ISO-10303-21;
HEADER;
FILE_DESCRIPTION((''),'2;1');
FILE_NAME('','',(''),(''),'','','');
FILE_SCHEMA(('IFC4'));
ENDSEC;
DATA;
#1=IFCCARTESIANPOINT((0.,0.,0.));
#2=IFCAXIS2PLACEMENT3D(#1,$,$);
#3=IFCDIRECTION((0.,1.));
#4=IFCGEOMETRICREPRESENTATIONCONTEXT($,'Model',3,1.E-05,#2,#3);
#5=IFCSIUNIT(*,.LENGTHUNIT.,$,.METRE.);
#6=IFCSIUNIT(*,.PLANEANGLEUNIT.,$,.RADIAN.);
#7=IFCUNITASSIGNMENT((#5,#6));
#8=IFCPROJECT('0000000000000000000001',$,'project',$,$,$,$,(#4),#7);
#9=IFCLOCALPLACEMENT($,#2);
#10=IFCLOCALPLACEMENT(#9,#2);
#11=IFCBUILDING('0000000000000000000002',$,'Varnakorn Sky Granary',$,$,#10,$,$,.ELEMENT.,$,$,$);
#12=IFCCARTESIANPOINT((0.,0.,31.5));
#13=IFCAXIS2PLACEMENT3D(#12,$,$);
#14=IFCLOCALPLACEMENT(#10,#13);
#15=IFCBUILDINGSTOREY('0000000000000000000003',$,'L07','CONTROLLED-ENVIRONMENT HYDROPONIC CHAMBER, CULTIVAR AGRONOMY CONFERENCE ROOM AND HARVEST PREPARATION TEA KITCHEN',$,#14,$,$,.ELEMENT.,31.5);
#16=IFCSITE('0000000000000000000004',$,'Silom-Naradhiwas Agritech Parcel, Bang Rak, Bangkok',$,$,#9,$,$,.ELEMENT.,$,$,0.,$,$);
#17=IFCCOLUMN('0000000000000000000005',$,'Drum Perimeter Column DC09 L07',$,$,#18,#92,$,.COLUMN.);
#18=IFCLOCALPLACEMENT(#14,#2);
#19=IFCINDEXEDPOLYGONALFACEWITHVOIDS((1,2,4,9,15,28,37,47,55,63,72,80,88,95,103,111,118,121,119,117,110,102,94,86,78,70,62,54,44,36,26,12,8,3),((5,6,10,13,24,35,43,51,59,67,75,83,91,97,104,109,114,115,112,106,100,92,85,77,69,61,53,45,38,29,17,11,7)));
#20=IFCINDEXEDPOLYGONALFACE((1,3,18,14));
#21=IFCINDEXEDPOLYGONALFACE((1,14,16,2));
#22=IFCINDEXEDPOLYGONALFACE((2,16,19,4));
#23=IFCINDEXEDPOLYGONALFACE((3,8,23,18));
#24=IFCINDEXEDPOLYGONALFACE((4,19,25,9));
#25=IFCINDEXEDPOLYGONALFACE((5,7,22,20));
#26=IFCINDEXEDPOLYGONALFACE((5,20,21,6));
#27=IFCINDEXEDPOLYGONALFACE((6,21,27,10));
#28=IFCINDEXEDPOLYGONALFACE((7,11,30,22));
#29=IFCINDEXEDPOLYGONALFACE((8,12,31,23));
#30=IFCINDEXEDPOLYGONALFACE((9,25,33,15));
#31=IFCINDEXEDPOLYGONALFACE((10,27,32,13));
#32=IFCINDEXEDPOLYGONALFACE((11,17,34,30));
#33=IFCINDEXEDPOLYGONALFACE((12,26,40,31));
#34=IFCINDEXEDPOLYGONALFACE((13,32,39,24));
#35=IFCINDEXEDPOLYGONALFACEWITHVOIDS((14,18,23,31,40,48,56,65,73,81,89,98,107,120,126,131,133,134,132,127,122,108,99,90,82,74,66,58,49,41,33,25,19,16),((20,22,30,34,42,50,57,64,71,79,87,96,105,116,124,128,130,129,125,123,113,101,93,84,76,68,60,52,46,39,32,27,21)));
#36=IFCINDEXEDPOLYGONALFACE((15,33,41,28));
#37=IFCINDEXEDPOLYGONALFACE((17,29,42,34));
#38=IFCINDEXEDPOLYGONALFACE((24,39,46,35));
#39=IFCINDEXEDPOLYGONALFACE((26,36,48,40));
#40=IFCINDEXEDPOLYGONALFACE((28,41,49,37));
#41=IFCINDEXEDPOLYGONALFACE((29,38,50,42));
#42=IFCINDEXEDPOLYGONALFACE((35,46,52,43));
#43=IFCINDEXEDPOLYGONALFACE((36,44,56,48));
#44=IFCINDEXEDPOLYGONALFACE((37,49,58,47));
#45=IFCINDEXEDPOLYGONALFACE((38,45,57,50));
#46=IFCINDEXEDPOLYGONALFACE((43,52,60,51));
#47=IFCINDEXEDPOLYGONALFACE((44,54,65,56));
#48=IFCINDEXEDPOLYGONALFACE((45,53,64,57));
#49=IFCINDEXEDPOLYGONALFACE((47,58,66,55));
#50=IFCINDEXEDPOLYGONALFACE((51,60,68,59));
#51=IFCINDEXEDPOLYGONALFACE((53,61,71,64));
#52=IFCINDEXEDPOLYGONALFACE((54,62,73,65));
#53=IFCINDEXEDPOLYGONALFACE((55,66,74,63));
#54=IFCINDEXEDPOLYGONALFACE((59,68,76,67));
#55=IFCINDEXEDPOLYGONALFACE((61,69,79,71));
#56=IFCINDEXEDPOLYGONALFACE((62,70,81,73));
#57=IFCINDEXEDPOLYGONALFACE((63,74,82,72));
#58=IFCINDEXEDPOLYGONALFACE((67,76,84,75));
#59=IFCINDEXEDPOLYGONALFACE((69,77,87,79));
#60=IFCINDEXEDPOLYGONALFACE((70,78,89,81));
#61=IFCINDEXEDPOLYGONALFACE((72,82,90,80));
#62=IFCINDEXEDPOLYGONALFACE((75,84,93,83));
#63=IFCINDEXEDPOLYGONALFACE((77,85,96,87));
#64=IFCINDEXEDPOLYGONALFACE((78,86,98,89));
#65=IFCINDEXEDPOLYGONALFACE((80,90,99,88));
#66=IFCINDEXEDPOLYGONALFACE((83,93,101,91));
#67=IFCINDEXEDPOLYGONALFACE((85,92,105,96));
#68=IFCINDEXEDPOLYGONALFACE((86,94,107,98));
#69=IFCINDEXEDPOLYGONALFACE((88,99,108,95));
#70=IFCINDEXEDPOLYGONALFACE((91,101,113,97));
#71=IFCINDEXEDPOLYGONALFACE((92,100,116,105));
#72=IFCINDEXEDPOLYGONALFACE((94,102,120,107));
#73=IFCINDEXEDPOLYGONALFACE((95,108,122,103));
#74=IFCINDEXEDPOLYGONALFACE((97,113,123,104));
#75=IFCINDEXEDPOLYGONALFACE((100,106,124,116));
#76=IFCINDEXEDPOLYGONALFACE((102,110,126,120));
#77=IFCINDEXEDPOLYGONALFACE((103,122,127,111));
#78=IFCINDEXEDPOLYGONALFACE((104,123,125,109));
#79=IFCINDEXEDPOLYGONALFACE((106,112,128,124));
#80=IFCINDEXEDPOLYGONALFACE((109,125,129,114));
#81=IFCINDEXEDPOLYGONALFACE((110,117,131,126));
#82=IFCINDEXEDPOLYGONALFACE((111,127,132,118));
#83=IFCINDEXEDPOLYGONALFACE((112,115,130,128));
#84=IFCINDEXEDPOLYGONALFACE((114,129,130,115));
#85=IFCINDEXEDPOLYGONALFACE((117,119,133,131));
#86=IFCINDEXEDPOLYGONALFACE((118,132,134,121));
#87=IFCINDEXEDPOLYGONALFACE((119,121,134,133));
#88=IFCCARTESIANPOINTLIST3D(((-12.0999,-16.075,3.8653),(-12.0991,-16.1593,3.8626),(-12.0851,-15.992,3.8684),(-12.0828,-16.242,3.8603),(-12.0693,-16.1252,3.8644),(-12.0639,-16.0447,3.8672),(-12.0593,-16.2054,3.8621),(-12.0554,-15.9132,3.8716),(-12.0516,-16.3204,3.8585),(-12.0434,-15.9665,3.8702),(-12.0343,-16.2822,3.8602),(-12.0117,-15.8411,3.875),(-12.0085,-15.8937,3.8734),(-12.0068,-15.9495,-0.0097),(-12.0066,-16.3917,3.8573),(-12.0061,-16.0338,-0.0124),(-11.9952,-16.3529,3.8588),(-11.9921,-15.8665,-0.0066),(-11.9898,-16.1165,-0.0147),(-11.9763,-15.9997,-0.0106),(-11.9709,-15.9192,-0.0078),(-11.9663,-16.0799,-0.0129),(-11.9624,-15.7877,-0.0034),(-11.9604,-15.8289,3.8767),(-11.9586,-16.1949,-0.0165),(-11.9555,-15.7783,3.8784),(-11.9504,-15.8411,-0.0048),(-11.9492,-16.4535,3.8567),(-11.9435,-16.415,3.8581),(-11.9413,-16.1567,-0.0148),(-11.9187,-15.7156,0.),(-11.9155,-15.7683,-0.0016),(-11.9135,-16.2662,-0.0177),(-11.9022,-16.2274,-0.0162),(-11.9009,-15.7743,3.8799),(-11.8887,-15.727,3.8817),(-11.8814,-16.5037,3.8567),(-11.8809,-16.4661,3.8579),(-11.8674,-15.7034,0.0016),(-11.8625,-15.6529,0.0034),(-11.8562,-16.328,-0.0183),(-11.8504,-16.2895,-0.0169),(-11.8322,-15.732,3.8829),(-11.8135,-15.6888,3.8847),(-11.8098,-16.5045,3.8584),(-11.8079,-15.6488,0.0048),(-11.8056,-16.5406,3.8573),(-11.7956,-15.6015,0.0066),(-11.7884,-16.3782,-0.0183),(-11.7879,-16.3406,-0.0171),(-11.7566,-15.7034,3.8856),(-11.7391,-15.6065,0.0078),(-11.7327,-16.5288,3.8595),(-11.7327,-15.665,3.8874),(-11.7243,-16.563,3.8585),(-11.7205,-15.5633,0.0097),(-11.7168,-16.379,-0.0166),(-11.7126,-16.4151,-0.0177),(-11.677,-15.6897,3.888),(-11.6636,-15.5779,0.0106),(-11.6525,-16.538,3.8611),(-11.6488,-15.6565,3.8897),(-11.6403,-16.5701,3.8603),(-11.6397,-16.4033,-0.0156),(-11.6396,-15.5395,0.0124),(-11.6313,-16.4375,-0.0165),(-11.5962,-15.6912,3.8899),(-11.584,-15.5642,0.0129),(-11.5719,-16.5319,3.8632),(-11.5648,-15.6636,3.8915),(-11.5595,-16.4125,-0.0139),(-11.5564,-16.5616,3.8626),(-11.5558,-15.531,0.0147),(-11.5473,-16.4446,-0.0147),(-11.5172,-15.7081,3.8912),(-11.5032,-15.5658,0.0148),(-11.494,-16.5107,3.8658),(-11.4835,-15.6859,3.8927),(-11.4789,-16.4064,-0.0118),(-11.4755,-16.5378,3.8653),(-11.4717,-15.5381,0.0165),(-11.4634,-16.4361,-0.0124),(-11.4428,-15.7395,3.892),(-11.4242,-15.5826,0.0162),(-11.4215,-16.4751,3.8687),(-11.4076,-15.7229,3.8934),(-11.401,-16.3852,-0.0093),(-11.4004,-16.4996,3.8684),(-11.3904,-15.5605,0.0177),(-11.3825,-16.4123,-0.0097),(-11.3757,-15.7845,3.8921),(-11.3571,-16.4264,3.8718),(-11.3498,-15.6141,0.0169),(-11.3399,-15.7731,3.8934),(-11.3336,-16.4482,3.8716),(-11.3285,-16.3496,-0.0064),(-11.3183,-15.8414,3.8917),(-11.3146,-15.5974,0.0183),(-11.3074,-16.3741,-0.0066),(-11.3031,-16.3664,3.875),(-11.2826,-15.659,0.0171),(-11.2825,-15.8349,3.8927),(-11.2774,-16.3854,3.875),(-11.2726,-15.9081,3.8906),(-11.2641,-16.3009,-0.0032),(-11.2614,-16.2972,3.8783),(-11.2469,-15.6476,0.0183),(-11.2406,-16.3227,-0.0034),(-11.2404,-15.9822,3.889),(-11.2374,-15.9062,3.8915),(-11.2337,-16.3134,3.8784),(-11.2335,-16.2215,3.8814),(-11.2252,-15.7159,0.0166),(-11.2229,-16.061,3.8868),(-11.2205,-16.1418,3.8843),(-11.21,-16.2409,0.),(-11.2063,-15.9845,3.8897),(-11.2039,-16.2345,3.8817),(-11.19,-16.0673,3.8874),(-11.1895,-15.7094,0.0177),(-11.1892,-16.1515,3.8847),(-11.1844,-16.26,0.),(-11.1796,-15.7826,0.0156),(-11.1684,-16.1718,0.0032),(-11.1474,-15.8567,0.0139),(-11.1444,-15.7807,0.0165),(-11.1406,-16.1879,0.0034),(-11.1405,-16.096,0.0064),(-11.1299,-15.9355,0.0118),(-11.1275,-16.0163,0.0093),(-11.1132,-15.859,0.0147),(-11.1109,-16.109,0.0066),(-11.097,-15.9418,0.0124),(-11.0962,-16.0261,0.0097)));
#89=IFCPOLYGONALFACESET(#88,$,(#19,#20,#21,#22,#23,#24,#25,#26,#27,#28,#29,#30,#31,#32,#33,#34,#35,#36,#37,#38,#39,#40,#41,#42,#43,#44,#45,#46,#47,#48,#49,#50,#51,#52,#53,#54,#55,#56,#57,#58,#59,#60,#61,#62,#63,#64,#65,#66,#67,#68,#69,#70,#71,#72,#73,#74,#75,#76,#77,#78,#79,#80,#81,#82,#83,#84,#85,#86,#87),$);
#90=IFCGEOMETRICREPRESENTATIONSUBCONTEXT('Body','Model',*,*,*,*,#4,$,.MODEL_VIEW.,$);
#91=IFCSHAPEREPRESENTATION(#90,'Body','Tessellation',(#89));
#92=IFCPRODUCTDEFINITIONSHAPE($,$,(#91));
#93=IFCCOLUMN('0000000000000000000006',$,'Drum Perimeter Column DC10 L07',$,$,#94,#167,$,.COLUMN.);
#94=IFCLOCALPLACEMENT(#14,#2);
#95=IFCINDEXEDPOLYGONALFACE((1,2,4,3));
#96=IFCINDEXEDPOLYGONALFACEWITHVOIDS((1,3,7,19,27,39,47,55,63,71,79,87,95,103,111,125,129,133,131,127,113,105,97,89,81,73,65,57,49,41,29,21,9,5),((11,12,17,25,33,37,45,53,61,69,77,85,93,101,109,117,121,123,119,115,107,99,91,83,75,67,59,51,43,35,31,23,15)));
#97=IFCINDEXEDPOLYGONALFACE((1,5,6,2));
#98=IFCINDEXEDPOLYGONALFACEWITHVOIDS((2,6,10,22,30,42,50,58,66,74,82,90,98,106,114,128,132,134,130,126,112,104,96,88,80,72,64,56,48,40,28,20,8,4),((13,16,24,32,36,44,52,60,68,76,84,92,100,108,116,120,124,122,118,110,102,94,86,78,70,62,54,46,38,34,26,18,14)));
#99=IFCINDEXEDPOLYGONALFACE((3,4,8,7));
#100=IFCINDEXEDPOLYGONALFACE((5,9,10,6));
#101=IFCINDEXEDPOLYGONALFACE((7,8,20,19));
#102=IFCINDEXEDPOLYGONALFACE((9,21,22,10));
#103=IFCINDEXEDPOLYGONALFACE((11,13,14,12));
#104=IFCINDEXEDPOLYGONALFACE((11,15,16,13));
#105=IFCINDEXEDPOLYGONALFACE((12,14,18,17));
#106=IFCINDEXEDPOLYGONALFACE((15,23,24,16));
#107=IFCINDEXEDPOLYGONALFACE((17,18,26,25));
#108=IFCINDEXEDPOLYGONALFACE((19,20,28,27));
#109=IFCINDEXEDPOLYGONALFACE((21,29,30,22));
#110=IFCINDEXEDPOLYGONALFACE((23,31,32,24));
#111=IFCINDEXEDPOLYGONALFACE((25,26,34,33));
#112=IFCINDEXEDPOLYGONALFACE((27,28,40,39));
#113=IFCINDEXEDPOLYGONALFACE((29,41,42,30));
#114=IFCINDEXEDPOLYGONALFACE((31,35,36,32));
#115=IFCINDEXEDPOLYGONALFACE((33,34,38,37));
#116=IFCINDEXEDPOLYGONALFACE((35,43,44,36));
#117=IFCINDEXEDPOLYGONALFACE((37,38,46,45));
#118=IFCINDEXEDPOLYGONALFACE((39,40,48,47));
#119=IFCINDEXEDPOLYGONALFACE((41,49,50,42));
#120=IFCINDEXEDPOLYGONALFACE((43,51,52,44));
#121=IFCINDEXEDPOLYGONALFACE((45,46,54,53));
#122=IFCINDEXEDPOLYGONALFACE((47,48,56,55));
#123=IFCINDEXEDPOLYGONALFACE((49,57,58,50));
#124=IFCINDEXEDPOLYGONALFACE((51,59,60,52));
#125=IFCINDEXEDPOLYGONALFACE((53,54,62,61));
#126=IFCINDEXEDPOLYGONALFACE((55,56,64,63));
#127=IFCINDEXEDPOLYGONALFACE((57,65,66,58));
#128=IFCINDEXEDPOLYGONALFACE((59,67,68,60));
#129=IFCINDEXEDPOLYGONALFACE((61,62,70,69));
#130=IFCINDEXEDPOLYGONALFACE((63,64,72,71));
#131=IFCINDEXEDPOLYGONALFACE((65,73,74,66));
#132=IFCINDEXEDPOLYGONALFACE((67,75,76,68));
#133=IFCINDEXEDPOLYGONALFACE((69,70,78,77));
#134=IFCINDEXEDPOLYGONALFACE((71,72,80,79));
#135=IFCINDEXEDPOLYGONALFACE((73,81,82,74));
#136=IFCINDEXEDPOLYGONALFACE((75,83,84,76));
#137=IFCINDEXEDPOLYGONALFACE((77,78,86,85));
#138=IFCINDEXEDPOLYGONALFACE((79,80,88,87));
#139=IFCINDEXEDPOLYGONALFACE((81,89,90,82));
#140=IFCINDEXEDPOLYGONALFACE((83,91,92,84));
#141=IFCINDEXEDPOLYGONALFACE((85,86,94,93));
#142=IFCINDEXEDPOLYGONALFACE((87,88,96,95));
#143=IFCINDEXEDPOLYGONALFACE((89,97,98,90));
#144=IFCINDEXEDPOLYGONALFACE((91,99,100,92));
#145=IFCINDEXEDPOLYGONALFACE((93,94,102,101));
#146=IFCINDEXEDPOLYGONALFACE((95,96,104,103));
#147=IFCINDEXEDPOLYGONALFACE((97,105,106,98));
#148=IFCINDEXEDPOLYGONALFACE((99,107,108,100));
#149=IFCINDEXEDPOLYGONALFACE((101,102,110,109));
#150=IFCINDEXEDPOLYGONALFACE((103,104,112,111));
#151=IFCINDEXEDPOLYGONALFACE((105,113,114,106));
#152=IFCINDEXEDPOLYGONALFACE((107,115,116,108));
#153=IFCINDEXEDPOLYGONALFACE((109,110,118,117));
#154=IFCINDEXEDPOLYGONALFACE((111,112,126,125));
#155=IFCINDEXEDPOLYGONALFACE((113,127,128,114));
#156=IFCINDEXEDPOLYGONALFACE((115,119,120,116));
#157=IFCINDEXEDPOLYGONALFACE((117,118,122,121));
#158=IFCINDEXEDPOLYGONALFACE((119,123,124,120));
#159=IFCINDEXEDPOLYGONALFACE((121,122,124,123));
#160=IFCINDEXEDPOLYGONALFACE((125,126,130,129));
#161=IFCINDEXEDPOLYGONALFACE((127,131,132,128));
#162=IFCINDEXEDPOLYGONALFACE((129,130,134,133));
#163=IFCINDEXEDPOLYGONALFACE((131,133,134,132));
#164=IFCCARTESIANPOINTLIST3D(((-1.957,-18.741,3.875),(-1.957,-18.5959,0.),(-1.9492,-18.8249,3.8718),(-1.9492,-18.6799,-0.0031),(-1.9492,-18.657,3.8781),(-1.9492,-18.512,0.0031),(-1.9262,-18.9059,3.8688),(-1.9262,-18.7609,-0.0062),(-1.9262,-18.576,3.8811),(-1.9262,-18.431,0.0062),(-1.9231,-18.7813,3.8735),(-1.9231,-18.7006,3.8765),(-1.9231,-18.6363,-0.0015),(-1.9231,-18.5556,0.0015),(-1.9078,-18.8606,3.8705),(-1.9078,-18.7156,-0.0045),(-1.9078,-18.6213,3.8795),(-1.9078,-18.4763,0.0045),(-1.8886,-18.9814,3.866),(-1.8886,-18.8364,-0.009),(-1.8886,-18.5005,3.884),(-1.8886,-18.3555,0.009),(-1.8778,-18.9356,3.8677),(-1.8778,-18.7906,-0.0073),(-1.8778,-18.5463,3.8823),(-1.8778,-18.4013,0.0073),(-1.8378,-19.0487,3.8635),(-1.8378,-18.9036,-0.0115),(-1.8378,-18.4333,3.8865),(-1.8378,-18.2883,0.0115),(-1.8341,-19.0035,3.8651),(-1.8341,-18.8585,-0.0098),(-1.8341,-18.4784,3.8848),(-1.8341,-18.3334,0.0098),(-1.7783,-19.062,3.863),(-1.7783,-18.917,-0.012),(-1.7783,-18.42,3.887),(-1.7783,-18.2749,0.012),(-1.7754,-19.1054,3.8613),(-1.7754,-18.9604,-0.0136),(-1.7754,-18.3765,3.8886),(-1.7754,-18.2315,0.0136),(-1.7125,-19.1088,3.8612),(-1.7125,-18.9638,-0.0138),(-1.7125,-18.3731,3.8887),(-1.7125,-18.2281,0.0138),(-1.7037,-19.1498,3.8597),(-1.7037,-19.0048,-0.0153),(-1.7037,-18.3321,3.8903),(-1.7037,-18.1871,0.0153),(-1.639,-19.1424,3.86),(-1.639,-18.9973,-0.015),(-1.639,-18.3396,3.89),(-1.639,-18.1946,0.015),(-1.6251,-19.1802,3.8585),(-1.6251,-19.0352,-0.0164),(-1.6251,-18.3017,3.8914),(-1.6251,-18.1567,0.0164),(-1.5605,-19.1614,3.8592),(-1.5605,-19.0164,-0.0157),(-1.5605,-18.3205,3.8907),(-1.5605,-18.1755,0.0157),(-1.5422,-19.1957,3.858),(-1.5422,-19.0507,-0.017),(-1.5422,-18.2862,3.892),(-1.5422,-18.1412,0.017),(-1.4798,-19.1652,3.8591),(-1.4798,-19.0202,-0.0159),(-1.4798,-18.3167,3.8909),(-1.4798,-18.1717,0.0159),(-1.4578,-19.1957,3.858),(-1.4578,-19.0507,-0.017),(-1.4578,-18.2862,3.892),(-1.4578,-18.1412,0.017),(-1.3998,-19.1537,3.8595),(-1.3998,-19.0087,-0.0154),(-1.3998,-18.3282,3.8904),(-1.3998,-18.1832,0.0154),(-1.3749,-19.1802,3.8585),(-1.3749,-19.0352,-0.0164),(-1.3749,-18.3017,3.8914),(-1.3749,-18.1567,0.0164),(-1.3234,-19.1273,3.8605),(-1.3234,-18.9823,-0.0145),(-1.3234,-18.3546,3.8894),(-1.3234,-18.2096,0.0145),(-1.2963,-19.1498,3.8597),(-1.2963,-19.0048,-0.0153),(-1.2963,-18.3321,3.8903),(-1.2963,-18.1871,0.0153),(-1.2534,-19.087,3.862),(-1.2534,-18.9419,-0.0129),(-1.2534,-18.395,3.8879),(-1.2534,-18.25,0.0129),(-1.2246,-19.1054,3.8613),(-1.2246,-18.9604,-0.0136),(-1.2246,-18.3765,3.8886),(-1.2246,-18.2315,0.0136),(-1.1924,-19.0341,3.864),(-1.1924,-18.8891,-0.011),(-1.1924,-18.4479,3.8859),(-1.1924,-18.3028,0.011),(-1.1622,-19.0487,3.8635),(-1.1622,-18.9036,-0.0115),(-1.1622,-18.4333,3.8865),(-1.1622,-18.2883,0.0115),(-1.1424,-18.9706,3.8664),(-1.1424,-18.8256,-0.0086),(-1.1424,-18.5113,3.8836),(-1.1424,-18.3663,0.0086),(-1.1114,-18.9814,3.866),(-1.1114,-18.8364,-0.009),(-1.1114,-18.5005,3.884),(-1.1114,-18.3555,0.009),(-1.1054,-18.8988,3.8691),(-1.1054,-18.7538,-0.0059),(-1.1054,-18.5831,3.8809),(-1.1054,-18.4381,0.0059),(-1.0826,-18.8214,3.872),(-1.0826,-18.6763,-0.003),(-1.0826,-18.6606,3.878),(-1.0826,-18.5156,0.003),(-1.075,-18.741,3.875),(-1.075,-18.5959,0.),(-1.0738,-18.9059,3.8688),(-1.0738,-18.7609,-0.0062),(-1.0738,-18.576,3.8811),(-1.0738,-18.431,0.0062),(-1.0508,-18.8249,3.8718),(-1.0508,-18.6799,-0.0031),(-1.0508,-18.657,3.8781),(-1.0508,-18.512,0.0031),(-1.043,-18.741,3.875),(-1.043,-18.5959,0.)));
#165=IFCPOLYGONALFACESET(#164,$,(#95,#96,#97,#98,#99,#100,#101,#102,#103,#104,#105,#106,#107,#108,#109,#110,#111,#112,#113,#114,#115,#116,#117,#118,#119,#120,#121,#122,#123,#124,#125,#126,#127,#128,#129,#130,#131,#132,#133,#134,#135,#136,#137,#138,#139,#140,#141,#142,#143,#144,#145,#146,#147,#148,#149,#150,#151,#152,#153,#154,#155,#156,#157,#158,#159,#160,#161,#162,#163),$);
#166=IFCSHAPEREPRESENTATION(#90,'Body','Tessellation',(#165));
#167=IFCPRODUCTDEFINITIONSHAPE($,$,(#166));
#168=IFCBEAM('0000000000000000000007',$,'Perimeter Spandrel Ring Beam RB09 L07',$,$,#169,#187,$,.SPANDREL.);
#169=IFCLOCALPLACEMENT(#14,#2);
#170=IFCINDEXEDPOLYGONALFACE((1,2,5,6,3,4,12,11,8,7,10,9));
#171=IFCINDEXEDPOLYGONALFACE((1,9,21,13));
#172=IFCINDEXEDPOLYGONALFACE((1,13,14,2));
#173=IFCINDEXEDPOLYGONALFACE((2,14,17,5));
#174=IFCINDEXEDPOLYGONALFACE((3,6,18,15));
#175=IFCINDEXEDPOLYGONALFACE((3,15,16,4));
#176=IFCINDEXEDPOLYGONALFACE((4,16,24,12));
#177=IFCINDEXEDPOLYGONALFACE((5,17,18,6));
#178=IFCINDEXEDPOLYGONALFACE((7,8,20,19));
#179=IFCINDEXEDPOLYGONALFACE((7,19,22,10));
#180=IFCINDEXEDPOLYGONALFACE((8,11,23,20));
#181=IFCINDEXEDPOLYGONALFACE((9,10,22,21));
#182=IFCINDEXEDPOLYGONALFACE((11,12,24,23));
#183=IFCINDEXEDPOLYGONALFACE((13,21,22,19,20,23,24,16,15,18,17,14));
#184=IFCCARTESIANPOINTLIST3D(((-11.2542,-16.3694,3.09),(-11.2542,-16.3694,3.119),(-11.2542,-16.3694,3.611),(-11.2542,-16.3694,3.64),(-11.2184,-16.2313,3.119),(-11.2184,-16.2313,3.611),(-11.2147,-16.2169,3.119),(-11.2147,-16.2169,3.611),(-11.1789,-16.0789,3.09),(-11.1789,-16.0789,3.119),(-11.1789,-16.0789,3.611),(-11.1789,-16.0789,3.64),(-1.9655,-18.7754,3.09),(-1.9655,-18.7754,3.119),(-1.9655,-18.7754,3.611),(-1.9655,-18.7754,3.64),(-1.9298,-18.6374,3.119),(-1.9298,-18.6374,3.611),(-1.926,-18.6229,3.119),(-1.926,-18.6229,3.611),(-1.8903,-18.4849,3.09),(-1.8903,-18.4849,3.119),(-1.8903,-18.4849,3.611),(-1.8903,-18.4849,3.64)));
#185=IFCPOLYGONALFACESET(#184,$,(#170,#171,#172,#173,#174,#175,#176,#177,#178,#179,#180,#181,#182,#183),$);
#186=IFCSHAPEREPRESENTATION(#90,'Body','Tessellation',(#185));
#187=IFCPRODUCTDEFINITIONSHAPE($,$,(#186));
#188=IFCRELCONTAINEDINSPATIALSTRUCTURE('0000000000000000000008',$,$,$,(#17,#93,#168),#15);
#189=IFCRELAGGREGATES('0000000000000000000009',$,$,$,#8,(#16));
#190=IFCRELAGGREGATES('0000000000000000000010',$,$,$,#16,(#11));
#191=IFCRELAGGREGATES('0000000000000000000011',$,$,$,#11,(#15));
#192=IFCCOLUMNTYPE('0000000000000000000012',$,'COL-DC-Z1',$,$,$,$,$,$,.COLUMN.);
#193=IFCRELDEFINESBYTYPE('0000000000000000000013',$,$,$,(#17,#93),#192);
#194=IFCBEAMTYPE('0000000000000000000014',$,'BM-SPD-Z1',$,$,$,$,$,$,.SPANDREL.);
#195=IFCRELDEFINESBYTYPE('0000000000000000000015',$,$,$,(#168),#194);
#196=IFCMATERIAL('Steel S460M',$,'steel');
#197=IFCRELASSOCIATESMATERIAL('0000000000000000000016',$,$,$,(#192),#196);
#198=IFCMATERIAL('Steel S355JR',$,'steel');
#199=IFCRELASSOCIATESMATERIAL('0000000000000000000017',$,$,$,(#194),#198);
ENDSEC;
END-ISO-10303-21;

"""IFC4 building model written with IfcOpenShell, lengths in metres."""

from ifc_helpers import new_model, si_unit, direction, frame, origin, origin_2d, place, context, subcontext, project, spatial, hollow_circle, i_section, extrude, material, material_profile, profile_set, type_object, element, save


model = new_model("IFC4")

# Units and contexts
model_context = context("Model", 3, precision=1e-05, world=origin(), true_north=direction((0.0, 1.0)))
body_context = subcontext(model_context, "Body", "Model", "MODEL_VIEW")
ifc_project = project(units=[si_unit("LENGTHUNIT", "METRE"), si_unit("PLANEANGLEUNIT", "RADIAN")], contexts=[model_context])

# Site, building, storey
site_placement = place(None, origin())
site = spatial("IfcSite", under=ifc_project, at=site_placement, Name="Silom-Naradhiwas Agritech Parcel, Bang Rak, Bangkok", CompositionType="ELEMENT", RefElevation=0.0)
building_placement = place(site_placement, origin())
building = spatial("IfcBuilding", under=site, at=building_placement, Name="Varnakorn Sky Granary", CompositionType="ELEMENT")
storey_placement = place(building_placement, frame((0.0, 0.0, 31.5)))
storey = spatial("IfcBuildingStorey", under=building, at=storey_placement, Name="L07", Description="CONTROLLED-ENVIRONMENT HYDROPONIC CHAMBER, CULTIVAR AGRONOMY CONFERENCE ROOM AND HARVEST PREPARATION TEA KITCHEN", CompositionType="ELEMENT", Elevation=31.5)

# Columns
ifc_material_1 = material(Name="Steel S460M", Category="steel")
ifc_material_profile_1 = material_profile(ifc_material_1, hollow_circle(Radius=0.457, WallThickness=0.032, at=origin_2d()), Name="CHS 914x32")
ifc_profile_set_1 = profile_set([ifc_material_profile_1], Name="Steel S460M")
column_type = type_object("IfcColumnType", Name="COL-DC-Z1", PredefinedType="COLUMN", material=ifc_profile_set_1)
column_1_placement = place(storey_placement, frame((-11.5515, -15.9878, 0.0), z_axis=(-0.023985, -0.032358, 0.999189), x_axis=(0.803363, -0.595489, 0.0)))
element("IfcColumn", 1, at=column_1_placement, inside=storey, type_object=column_type, Name="Drum Perimeter Column DC09 L07", PredefinedType="COLUMN", context=body_context, shape_type="SweptSolid", body=[
    extrude(hollow_circle(Radius=0.457, WallThickness=0.032, at=origin_2d()), origin(), (0.0, 0.0, 1.0), 3.8782),
])
column_2_placement = place(storey_placement, frame((-1.5, -18.5959, 0.0), z_axis=(0.0, -0.037398, 0.9993), x_axis=(1.0, 0.0, 0.0)))
element("IfcColumn", 2, at=column_2_placement, inside=storey, type_object=column_type, Name="Drum Perimeter Column DC10 L07", PredefinedType="COLUMN", context=body_context, shape_type="SweptSolid", body=[
    extrude(hollow_circle(Radius=0.457, WallThickness=0.032, at=origin_2d()), origin(), (0.0, 0.0, 1.0), 3.8777),
])

# Beam
ifc_material_2 = material(Name="Steel S355JR", Category="steel")
ifc_material_profile_2 = material_profile(ifc_material_2, i_section(OverallWidth=0.3, OverallDepth=0.55, WebThickness=0.0149, FlangeThickness=0.0291, at=origin_2d()), Name="HE 550 B")
ifc_profile_set_2 = profile_set([ifc_material_profile_2], Name="Steel S355JR")
beam_type = type_object("IfcBeamType", Name="BM-SPD-Z1", PredefinedType="SPANDREL", material=ifc_profile_set_2)
for number, where, z_axis, x_axis, name in (
    (3, (-11.2166, -16.2241, 3.365), (0.968051, -0.250753, 0.0), (0.250753, 0.968051, 0.0), "Perimeter Spandrel Ring Beam RB09 L07"),
):
    element("IfcBeam", number, at=place(storey_placement, frame(where, z_axis=z_axis, x_axis=x_axis)), inside=storey, type_object=beam_type, Name=name, PredefinedType="SPANDREL", context=body_context, shape_type="SweptSolid", body=[
        extrude(i_section(OverallWidth=0.3, OverallDepth=0.55, WebThickness=0.0149, FlangeThickness=0.0291, at=origin_2d()), origin(), (0.0, 0.0, 1.0), 9.5952),
    ])

save(model, "model.ifc")
